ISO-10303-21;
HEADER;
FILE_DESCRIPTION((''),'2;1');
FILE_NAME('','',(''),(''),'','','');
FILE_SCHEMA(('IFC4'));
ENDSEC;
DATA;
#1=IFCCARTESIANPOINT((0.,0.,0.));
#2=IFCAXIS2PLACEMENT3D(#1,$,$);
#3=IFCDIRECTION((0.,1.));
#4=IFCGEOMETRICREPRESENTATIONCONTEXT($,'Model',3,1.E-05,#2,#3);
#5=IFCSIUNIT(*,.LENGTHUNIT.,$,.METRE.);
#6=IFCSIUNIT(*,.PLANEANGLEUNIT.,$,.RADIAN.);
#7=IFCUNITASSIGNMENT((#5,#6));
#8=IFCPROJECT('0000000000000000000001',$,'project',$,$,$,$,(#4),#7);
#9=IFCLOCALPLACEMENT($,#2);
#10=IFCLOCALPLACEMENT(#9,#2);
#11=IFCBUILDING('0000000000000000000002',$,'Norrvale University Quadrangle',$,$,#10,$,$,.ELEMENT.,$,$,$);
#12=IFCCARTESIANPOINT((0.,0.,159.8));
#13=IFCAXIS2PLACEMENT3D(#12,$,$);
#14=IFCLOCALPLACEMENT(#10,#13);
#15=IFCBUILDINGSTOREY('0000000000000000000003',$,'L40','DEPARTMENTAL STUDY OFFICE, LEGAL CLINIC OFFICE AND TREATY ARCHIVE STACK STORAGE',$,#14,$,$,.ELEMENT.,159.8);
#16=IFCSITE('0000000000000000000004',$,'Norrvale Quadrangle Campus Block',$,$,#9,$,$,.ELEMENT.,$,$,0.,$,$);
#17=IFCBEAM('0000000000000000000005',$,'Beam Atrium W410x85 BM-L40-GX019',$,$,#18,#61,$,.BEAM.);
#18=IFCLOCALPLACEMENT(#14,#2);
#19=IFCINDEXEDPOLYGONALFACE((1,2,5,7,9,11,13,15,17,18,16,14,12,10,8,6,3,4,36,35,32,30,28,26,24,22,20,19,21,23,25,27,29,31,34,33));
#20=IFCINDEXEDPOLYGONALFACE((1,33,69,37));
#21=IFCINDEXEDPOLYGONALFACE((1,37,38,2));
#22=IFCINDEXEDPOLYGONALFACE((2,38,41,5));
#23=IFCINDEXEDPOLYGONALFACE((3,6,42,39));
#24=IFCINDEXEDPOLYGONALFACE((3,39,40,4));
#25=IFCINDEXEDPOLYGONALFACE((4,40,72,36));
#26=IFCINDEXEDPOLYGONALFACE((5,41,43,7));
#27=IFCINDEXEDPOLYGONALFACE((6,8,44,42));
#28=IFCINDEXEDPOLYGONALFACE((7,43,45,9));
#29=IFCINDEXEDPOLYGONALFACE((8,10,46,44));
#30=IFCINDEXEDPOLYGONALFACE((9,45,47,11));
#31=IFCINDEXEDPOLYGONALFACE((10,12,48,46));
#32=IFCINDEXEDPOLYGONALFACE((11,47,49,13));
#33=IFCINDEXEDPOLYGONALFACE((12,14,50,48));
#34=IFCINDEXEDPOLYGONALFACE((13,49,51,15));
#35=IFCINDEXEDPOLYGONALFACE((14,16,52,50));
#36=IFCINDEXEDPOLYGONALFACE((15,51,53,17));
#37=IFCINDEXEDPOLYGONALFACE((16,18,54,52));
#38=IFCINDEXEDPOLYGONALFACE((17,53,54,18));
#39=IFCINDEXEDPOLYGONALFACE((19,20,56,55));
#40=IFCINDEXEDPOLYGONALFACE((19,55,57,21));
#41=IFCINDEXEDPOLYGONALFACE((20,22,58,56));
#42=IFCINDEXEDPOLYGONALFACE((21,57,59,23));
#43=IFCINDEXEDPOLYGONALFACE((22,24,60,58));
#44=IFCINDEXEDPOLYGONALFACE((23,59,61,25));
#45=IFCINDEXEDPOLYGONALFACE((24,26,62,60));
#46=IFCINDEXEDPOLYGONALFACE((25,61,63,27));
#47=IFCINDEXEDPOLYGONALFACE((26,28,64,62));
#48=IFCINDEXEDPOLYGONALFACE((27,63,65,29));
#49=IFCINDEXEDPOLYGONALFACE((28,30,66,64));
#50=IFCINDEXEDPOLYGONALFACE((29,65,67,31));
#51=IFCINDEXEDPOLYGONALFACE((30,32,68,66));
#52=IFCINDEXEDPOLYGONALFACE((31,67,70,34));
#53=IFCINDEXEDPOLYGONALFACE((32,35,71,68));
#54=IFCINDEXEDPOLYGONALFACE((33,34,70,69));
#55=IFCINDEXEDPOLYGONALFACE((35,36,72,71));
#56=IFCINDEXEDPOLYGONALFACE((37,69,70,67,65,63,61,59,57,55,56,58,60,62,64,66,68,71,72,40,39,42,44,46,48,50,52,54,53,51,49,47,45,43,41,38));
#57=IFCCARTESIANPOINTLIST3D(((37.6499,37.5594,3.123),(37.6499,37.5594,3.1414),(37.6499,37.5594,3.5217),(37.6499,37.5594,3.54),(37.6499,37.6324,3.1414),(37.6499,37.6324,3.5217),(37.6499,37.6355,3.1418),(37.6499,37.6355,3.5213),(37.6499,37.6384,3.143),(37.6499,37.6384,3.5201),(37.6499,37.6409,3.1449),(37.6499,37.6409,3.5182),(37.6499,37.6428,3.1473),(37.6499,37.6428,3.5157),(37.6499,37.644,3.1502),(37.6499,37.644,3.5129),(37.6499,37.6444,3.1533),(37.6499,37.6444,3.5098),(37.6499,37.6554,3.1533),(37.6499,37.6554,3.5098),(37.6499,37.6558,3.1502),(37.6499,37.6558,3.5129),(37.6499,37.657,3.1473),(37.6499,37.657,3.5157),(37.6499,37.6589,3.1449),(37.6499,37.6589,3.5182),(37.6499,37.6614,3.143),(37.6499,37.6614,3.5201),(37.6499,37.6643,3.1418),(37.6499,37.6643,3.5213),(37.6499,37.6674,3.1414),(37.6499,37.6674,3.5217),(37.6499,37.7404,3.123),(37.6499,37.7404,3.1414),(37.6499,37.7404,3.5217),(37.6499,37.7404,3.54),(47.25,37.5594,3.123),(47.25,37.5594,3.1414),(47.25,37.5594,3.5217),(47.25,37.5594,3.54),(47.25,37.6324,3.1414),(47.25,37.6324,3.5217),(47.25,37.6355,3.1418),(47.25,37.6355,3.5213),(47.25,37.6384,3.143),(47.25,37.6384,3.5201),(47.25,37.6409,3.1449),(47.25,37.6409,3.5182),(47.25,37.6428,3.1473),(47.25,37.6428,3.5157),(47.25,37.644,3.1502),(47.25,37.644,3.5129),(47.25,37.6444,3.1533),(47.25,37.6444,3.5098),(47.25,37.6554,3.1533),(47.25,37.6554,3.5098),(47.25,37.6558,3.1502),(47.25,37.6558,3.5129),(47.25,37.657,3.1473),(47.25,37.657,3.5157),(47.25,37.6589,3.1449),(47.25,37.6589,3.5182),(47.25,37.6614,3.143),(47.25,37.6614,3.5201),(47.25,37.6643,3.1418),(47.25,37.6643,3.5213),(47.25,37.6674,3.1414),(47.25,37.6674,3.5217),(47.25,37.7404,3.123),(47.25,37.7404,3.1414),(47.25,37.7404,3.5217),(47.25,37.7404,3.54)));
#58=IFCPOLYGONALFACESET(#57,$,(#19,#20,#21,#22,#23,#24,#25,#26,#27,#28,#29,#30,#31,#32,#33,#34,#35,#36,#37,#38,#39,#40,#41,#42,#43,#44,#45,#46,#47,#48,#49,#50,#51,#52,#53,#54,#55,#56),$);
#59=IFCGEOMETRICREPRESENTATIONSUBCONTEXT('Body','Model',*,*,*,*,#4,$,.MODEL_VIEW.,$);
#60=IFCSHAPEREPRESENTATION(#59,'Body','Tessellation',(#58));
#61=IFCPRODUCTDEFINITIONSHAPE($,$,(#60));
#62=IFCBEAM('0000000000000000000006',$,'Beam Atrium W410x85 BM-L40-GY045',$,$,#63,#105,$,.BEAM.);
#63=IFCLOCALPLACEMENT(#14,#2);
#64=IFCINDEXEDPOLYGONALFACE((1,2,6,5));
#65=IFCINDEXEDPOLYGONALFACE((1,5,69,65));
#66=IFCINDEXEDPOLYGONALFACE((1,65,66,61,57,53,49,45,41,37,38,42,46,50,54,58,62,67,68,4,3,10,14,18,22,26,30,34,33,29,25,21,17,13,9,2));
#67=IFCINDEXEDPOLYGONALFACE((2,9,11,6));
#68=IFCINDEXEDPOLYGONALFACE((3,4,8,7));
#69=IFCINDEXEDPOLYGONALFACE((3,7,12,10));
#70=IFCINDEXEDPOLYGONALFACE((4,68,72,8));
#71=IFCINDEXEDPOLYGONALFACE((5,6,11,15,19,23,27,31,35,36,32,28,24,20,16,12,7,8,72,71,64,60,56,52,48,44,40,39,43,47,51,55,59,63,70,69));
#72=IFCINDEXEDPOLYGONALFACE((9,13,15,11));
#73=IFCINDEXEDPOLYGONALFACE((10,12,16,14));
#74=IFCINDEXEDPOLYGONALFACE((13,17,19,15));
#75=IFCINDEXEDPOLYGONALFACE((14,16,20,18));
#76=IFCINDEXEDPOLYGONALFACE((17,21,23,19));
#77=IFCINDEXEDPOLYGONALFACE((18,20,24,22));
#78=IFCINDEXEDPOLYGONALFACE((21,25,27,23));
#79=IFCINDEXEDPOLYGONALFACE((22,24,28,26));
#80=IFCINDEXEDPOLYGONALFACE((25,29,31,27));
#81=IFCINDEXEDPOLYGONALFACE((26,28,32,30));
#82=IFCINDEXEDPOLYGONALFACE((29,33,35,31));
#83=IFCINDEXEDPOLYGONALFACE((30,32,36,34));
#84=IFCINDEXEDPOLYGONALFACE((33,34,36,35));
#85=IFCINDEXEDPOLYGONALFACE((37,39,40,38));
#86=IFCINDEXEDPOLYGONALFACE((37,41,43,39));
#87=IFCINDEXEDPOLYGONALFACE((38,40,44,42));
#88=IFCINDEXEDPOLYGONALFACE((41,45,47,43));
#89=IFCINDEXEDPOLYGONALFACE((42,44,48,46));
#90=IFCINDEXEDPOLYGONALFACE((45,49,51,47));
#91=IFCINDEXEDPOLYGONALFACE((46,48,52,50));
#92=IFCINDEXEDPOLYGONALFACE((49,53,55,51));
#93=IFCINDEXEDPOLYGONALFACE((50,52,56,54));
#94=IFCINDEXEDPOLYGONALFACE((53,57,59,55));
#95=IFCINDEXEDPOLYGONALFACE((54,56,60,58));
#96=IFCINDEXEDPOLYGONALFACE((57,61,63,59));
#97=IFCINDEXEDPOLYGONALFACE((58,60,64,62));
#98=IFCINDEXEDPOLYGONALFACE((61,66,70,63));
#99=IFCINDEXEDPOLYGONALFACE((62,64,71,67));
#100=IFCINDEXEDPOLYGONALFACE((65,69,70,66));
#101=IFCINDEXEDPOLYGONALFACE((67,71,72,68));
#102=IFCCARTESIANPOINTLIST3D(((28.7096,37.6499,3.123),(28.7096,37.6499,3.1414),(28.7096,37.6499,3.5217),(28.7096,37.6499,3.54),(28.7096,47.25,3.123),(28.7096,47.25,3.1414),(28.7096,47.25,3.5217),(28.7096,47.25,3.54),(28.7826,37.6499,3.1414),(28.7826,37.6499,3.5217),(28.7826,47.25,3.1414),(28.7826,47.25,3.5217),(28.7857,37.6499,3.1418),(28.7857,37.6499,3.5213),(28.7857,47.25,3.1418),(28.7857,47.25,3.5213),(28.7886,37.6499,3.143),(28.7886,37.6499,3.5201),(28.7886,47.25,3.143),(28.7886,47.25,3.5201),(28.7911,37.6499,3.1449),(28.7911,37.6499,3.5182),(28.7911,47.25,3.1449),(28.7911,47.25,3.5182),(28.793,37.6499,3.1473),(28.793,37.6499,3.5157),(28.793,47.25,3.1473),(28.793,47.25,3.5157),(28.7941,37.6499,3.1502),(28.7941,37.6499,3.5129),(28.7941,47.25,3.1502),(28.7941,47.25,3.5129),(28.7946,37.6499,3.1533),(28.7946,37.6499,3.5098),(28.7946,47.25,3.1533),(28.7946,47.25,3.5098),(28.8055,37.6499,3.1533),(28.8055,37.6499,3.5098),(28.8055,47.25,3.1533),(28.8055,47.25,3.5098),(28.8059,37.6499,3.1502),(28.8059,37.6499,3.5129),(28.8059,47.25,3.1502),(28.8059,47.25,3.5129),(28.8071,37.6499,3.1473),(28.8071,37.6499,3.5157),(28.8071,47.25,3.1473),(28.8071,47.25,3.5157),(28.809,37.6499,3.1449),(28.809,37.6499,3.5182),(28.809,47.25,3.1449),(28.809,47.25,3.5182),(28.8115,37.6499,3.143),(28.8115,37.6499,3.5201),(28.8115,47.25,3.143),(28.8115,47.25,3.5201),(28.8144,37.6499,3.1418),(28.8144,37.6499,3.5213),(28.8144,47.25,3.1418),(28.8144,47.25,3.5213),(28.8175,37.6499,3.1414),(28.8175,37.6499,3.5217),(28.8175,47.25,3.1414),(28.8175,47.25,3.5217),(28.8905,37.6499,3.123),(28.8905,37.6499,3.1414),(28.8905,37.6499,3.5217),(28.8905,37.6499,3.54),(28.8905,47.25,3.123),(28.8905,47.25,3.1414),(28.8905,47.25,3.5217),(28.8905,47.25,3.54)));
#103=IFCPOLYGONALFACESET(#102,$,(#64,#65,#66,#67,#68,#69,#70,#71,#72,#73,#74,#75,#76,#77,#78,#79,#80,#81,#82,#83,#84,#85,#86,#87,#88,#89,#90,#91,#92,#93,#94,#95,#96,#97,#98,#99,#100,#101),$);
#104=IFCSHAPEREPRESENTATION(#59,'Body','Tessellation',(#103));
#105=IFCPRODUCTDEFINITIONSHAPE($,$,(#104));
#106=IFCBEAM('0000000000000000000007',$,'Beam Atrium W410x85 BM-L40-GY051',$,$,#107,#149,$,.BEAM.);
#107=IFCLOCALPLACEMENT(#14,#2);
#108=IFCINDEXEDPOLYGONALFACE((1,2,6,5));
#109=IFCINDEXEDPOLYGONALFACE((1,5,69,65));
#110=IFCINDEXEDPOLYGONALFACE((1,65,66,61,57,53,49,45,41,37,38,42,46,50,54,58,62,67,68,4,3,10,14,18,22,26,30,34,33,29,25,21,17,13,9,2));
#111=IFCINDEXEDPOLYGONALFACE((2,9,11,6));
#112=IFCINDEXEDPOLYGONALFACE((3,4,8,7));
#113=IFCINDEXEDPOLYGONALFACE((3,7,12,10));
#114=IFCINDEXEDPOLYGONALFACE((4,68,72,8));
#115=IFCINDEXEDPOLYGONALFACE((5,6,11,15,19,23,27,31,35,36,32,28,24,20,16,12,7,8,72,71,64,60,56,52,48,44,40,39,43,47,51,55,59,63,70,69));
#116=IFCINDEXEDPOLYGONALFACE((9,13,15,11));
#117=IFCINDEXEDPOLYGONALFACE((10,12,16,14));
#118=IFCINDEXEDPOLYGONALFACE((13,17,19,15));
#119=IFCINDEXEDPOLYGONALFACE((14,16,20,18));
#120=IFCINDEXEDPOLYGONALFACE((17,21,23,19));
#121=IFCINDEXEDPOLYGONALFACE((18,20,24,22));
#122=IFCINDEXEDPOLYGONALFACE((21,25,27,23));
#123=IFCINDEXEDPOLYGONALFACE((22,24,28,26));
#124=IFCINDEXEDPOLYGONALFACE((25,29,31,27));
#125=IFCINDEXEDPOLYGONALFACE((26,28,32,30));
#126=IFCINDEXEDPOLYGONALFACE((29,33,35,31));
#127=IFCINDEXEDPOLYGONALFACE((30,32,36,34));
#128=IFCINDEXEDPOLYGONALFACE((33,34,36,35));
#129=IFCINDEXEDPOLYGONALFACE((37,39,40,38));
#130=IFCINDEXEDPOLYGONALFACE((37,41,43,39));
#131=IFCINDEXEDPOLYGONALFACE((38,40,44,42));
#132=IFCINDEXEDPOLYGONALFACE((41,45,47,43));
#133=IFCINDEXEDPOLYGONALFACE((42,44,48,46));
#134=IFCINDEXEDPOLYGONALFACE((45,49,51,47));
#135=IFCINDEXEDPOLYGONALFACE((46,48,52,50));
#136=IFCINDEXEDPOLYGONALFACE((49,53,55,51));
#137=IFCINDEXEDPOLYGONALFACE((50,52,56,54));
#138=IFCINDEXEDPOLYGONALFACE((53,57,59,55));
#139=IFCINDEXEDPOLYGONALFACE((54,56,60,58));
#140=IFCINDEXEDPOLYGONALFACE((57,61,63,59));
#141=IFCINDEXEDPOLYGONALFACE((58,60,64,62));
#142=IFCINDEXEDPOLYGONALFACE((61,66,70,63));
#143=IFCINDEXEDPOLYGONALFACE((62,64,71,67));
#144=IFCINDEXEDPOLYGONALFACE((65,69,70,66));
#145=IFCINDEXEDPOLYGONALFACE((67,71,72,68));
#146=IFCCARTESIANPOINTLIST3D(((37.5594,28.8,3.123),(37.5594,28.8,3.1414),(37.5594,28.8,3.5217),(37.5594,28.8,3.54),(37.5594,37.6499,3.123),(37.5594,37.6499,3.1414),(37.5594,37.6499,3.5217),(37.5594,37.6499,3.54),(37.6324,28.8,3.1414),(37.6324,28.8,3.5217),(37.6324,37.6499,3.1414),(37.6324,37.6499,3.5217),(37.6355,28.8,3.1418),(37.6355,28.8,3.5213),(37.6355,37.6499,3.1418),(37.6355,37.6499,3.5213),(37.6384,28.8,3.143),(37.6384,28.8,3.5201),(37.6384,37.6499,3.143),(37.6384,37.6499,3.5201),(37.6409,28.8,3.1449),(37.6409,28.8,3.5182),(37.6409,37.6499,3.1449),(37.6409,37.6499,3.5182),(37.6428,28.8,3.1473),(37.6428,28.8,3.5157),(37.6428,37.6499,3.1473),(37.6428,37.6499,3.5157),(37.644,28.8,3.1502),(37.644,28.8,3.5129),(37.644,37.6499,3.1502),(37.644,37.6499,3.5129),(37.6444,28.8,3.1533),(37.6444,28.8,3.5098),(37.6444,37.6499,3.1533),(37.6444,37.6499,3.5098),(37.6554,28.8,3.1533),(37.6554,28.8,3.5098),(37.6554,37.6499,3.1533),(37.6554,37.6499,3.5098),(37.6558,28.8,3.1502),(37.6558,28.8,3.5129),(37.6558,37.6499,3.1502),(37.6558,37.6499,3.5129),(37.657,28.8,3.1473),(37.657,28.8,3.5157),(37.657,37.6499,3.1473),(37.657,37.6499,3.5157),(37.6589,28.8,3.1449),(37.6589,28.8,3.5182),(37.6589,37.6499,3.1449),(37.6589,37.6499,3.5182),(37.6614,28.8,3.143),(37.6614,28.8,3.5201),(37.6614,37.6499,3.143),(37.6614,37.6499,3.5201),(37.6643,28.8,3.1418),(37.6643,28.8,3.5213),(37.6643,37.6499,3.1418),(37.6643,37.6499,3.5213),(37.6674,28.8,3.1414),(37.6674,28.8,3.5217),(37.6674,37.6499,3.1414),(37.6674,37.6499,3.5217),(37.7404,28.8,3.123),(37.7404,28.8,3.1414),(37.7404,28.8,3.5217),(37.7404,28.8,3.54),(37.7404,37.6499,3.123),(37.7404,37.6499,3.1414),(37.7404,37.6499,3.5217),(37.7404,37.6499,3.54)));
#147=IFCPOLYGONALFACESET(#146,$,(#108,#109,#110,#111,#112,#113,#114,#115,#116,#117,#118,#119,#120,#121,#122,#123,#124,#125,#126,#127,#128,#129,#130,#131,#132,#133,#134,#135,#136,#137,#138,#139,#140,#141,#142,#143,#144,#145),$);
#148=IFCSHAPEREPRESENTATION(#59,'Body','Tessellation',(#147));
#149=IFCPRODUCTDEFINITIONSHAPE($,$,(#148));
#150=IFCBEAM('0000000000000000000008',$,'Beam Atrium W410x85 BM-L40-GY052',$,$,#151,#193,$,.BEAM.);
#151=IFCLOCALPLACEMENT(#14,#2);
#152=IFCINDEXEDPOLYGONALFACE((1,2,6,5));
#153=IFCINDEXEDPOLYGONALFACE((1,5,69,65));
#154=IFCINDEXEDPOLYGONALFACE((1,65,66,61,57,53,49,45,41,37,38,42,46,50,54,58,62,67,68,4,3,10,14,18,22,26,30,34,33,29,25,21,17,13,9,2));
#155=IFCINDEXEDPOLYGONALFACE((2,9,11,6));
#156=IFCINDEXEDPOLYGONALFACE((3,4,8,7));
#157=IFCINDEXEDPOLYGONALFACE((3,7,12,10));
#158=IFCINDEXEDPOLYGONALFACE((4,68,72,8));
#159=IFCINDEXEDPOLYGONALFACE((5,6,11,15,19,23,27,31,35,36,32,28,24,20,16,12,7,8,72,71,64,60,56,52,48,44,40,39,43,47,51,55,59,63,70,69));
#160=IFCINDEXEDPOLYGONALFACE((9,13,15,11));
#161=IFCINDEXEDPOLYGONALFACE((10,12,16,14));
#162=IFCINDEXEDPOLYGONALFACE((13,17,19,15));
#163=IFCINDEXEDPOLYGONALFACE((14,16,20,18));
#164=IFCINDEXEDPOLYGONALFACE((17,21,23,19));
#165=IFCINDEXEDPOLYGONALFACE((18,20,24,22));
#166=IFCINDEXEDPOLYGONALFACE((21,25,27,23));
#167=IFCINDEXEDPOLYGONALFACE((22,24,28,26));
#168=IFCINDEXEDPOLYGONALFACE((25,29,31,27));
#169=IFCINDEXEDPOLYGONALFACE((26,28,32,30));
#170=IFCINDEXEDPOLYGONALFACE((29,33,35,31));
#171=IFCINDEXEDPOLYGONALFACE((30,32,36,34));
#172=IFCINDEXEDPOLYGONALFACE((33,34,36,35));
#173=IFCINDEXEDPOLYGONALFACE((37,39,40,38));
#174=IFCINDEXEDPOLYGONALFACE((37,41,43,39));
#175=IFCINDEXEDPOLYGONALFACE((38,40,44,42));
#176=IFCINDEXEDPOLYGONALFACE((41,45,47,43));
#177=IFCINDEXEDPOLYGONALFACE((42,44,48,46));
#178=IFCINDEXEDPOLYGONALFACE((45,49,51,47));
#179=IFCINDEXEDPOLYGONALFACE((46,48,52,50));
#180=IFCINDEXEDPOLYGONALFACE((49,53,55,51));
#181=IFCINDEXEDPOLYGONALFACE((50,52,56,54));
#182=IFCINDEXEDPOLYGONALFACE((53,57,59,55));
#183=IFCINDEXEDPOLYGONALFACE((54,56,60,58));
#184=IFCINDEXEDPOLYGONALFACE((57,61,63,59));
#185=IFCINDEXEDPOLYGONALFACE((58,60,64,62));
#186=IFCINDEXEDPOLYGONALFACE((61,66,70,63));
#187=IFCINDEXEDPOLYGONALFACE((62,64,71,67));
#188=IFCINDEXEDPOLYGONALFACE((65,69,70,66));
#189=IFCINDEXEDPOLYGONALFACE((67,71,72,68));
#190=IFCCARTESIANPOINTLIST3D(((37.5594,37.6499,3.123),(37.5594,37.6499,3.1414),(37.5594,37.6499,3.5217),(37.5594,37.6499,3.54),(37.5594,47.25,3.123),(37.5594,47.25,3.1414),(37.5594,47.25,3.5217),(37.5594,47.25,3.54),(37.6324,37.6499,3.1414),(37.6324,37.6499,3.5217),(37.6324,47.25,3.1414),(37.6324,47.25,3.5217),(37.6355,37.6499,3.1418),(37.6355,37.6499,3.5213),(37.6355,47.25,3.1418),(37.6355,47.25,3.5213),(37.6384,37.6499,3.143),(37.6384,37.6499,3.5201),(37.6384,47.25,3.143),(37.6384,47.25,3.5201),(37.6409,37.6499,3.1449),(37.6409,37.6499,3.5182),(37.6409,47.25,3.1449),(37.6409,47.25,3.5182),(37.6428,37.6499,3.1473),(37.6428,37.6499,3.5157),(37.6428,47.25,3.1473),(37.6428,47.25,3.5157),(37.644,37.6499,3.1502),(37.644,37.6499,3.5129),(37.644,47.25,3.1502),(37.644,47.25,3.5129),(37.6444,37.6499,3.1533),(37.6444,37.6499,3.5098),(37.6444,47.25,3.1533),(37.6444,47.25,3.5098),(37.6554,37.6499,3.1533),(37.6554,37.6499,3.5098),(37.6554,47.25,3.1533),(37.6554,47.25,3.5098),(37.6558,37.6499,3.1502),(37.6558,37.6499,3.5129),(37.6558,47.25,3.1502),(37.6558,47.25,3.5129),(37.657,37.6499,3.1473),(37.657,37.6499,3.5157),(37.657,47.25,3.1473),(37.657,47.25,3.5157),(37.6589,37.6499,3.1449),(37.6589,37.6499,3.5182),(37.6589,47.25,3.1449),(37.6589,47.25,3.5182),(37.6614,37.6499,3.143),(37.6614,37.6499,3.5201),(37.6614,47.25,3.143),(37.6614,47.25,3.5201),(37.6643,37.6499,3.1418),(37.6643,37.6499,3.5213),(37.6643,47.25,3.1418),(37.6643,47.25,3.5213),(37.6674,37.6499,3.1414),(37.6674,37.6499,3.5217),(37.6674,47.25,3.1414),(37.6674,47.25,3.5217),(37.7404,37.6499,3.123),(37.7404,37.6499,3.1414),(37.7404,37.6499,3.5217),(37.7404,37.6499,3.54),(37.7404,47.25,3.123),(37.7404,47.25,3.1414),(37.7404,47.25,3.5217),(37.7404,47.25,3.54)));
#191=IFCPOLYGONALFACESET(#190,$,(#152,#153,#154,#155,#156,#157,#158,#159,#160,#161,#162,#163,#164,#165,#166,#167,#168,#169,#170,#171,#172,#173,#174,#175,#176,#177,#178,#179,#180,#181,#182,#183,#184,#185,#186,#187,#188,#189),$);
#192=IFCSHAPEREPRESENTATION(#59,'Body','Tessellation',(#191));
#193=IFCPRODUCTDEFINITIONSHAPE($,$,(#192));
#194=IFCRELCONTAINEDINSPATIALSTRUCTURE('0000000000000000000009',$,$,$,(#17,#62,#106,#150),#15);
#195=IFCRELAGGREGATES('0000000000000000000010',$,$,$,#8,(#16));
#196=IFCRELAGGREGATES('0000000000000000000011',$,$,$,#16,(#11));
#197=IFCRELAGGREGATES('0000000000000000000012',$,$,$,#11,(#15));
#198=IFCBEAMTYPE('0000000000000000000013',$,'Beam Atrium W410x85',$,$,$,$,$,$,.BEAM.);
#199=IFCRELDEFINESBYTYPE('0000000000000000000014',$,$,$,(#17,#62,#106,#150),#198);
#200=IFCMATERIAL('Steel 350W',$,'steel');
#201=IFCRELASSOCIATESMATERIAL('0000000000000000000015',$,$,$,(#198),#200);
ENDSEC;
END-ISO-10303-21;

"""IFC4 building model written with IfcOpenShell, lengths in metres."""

from ifc_helpers import new_model, si_unit, direction, frame, origin, origin_2d, place, context, subcontext, project, spatial, i_section, extrude, material, material_profile, profile_set, type_object, element, save


model = new_model("IFC4")

# Units and contexts
model_context = context("Model", 3, precision=1e-05, world=origin(), true_north=direction((0.0, 1.0)))
body_context = subcontext(model_context, "Body", "Model", "MODEL_VIEW")
ifc_project = project(units=[si_unit("LENGTHUNIT", "METRE"), si_unit("PLANEANGLEUNIT", "RADIAN")], contexts=[model_context])

# Site, building, storey
site_placement = place(None, origin())
site = spatial("IfcSite", under=ifc_project, at=site_placement, Name="Norrvale Quadrangle Campus Block", CompositionType="ELEMENT", RefElevation=0.0)
building_placement = place(site_placement, origin())
building = spatial("IfcBuilding", under=site, at=building_placement, Name="Norrvale University Quadrangle", CompositionType="ELEMENT")
storey_placement = place(building_placement, frame((0.0, 0.0, 159.8)))
storey = spatial("IfcBuildingStorey", under=building, at=storey_placement, Name="L40", Description="DEPARTMENTAL STUDY OFFICE, LEGAL CLINIC OFFICE AND TREATY ARCHIVE STACK STORAGE", CompositionType="ELEMENT", Elevation=159.8)

# Beams
ifc_material_1 = material(Name="Steel 350W", Category="steel")
ifc_material_profile_1 = material_profile(ifc_material_1, i_section(OverallWidth=0.1809, OverallDepth=0.417, WebThickness=0.011, FlangeThickness=0.0183, FilletRadius=0.012, at=origin_2d()), Name="Steel 350W")
ifc_profile_set_1 = profile_set([ifc_material_profile_1], Name="Steel 350W")
beam_type_1 = type_object("IfcBeamType", Name="Beam Atrium W410x85", PredefinedType="BEAM", material=ifc_profile_set_1)
for number, where, z_axis, x_axis, name in (
    (1, (37.6499, 37.6499, 3.3315), (1.0, 0.0, 0.0), (0.0, 1.0, 0.0), "Beam Atrium W410x85 BM-L40-GX019"),
    (2, (28.8, 37.6499, 3.3315), (0.0, 1.0, 0.0), (-1.0, 0.0, 0.0), "Beam Atrium W410x85 BM-L40-GY045"),
):
    element("IfcBeam", number, at=place(storey_placement, frame(where, z_axis=z_axis, x_axis=x_axis)), inside=storey, type_object=beam_type_1, Name=name, PredefinedType="BEAM", context=body_context, shape_type="SweptSolid", body=[
        extrude(i_section(OverallWidth=0.1809, OverallDepth=0.417, WebThickness=0.011, FlangeThickness=0.0183, FilletRadius=0.012, at=origin_2d()), origin(), (0.0, 0.0, 1.0), 9.6001),
    ])
beam_1_placement = place(storey_placement, frame((37.6499, 28.8, 3.3315), z_axis=(0.0, 1.0, 0.0), x_axis=(-1.0, 0.0, 0.0)))
element("IfcBeam", 3, at=beam_1_placement, inside=storey, type_object=beam_type_1, Name="Beam Atrium W410x85 BM-L40-GY051", PredefinedType="BEAM", context=body_context, shape_type="SweptSolid", body=[
    extrude(i_section(OverallWidth=0.1809, OverallDepth=0.417, WebThickness=0.011, FlangeThickness=0.0183, FilletRadius=0.012, at=origin_2d()), origin(), (0.0, 0.0, 1.0), 8.8499),
])
beam_2_placement = place(storey_placement, frame((37.6499, 37.6499, 3.3315), z_axis=(0.0, 1.0, 0.0), x_axis=(-1.0, 0.0, 0.0)))
element("IfcBeam", 4, at=beam_2_placement, inside=storey, type_object=beam_type_1, Name="Beam Atrium W410x85 BM-L40-GY052", PredefinedType="BEAM", context=body_context, shape_type="SweptSolid", body=[
    extrude(i_section(OverallWidth=0.1809, OverallDepth=0.417, WebThickness=0.011, FlangeThickness=0.0183, FilletRadius=0.012, at=origin_2d()), origin(), (0.0, 0.0, 1.0), 9.6001),
])

save(model, "model.ifc")
